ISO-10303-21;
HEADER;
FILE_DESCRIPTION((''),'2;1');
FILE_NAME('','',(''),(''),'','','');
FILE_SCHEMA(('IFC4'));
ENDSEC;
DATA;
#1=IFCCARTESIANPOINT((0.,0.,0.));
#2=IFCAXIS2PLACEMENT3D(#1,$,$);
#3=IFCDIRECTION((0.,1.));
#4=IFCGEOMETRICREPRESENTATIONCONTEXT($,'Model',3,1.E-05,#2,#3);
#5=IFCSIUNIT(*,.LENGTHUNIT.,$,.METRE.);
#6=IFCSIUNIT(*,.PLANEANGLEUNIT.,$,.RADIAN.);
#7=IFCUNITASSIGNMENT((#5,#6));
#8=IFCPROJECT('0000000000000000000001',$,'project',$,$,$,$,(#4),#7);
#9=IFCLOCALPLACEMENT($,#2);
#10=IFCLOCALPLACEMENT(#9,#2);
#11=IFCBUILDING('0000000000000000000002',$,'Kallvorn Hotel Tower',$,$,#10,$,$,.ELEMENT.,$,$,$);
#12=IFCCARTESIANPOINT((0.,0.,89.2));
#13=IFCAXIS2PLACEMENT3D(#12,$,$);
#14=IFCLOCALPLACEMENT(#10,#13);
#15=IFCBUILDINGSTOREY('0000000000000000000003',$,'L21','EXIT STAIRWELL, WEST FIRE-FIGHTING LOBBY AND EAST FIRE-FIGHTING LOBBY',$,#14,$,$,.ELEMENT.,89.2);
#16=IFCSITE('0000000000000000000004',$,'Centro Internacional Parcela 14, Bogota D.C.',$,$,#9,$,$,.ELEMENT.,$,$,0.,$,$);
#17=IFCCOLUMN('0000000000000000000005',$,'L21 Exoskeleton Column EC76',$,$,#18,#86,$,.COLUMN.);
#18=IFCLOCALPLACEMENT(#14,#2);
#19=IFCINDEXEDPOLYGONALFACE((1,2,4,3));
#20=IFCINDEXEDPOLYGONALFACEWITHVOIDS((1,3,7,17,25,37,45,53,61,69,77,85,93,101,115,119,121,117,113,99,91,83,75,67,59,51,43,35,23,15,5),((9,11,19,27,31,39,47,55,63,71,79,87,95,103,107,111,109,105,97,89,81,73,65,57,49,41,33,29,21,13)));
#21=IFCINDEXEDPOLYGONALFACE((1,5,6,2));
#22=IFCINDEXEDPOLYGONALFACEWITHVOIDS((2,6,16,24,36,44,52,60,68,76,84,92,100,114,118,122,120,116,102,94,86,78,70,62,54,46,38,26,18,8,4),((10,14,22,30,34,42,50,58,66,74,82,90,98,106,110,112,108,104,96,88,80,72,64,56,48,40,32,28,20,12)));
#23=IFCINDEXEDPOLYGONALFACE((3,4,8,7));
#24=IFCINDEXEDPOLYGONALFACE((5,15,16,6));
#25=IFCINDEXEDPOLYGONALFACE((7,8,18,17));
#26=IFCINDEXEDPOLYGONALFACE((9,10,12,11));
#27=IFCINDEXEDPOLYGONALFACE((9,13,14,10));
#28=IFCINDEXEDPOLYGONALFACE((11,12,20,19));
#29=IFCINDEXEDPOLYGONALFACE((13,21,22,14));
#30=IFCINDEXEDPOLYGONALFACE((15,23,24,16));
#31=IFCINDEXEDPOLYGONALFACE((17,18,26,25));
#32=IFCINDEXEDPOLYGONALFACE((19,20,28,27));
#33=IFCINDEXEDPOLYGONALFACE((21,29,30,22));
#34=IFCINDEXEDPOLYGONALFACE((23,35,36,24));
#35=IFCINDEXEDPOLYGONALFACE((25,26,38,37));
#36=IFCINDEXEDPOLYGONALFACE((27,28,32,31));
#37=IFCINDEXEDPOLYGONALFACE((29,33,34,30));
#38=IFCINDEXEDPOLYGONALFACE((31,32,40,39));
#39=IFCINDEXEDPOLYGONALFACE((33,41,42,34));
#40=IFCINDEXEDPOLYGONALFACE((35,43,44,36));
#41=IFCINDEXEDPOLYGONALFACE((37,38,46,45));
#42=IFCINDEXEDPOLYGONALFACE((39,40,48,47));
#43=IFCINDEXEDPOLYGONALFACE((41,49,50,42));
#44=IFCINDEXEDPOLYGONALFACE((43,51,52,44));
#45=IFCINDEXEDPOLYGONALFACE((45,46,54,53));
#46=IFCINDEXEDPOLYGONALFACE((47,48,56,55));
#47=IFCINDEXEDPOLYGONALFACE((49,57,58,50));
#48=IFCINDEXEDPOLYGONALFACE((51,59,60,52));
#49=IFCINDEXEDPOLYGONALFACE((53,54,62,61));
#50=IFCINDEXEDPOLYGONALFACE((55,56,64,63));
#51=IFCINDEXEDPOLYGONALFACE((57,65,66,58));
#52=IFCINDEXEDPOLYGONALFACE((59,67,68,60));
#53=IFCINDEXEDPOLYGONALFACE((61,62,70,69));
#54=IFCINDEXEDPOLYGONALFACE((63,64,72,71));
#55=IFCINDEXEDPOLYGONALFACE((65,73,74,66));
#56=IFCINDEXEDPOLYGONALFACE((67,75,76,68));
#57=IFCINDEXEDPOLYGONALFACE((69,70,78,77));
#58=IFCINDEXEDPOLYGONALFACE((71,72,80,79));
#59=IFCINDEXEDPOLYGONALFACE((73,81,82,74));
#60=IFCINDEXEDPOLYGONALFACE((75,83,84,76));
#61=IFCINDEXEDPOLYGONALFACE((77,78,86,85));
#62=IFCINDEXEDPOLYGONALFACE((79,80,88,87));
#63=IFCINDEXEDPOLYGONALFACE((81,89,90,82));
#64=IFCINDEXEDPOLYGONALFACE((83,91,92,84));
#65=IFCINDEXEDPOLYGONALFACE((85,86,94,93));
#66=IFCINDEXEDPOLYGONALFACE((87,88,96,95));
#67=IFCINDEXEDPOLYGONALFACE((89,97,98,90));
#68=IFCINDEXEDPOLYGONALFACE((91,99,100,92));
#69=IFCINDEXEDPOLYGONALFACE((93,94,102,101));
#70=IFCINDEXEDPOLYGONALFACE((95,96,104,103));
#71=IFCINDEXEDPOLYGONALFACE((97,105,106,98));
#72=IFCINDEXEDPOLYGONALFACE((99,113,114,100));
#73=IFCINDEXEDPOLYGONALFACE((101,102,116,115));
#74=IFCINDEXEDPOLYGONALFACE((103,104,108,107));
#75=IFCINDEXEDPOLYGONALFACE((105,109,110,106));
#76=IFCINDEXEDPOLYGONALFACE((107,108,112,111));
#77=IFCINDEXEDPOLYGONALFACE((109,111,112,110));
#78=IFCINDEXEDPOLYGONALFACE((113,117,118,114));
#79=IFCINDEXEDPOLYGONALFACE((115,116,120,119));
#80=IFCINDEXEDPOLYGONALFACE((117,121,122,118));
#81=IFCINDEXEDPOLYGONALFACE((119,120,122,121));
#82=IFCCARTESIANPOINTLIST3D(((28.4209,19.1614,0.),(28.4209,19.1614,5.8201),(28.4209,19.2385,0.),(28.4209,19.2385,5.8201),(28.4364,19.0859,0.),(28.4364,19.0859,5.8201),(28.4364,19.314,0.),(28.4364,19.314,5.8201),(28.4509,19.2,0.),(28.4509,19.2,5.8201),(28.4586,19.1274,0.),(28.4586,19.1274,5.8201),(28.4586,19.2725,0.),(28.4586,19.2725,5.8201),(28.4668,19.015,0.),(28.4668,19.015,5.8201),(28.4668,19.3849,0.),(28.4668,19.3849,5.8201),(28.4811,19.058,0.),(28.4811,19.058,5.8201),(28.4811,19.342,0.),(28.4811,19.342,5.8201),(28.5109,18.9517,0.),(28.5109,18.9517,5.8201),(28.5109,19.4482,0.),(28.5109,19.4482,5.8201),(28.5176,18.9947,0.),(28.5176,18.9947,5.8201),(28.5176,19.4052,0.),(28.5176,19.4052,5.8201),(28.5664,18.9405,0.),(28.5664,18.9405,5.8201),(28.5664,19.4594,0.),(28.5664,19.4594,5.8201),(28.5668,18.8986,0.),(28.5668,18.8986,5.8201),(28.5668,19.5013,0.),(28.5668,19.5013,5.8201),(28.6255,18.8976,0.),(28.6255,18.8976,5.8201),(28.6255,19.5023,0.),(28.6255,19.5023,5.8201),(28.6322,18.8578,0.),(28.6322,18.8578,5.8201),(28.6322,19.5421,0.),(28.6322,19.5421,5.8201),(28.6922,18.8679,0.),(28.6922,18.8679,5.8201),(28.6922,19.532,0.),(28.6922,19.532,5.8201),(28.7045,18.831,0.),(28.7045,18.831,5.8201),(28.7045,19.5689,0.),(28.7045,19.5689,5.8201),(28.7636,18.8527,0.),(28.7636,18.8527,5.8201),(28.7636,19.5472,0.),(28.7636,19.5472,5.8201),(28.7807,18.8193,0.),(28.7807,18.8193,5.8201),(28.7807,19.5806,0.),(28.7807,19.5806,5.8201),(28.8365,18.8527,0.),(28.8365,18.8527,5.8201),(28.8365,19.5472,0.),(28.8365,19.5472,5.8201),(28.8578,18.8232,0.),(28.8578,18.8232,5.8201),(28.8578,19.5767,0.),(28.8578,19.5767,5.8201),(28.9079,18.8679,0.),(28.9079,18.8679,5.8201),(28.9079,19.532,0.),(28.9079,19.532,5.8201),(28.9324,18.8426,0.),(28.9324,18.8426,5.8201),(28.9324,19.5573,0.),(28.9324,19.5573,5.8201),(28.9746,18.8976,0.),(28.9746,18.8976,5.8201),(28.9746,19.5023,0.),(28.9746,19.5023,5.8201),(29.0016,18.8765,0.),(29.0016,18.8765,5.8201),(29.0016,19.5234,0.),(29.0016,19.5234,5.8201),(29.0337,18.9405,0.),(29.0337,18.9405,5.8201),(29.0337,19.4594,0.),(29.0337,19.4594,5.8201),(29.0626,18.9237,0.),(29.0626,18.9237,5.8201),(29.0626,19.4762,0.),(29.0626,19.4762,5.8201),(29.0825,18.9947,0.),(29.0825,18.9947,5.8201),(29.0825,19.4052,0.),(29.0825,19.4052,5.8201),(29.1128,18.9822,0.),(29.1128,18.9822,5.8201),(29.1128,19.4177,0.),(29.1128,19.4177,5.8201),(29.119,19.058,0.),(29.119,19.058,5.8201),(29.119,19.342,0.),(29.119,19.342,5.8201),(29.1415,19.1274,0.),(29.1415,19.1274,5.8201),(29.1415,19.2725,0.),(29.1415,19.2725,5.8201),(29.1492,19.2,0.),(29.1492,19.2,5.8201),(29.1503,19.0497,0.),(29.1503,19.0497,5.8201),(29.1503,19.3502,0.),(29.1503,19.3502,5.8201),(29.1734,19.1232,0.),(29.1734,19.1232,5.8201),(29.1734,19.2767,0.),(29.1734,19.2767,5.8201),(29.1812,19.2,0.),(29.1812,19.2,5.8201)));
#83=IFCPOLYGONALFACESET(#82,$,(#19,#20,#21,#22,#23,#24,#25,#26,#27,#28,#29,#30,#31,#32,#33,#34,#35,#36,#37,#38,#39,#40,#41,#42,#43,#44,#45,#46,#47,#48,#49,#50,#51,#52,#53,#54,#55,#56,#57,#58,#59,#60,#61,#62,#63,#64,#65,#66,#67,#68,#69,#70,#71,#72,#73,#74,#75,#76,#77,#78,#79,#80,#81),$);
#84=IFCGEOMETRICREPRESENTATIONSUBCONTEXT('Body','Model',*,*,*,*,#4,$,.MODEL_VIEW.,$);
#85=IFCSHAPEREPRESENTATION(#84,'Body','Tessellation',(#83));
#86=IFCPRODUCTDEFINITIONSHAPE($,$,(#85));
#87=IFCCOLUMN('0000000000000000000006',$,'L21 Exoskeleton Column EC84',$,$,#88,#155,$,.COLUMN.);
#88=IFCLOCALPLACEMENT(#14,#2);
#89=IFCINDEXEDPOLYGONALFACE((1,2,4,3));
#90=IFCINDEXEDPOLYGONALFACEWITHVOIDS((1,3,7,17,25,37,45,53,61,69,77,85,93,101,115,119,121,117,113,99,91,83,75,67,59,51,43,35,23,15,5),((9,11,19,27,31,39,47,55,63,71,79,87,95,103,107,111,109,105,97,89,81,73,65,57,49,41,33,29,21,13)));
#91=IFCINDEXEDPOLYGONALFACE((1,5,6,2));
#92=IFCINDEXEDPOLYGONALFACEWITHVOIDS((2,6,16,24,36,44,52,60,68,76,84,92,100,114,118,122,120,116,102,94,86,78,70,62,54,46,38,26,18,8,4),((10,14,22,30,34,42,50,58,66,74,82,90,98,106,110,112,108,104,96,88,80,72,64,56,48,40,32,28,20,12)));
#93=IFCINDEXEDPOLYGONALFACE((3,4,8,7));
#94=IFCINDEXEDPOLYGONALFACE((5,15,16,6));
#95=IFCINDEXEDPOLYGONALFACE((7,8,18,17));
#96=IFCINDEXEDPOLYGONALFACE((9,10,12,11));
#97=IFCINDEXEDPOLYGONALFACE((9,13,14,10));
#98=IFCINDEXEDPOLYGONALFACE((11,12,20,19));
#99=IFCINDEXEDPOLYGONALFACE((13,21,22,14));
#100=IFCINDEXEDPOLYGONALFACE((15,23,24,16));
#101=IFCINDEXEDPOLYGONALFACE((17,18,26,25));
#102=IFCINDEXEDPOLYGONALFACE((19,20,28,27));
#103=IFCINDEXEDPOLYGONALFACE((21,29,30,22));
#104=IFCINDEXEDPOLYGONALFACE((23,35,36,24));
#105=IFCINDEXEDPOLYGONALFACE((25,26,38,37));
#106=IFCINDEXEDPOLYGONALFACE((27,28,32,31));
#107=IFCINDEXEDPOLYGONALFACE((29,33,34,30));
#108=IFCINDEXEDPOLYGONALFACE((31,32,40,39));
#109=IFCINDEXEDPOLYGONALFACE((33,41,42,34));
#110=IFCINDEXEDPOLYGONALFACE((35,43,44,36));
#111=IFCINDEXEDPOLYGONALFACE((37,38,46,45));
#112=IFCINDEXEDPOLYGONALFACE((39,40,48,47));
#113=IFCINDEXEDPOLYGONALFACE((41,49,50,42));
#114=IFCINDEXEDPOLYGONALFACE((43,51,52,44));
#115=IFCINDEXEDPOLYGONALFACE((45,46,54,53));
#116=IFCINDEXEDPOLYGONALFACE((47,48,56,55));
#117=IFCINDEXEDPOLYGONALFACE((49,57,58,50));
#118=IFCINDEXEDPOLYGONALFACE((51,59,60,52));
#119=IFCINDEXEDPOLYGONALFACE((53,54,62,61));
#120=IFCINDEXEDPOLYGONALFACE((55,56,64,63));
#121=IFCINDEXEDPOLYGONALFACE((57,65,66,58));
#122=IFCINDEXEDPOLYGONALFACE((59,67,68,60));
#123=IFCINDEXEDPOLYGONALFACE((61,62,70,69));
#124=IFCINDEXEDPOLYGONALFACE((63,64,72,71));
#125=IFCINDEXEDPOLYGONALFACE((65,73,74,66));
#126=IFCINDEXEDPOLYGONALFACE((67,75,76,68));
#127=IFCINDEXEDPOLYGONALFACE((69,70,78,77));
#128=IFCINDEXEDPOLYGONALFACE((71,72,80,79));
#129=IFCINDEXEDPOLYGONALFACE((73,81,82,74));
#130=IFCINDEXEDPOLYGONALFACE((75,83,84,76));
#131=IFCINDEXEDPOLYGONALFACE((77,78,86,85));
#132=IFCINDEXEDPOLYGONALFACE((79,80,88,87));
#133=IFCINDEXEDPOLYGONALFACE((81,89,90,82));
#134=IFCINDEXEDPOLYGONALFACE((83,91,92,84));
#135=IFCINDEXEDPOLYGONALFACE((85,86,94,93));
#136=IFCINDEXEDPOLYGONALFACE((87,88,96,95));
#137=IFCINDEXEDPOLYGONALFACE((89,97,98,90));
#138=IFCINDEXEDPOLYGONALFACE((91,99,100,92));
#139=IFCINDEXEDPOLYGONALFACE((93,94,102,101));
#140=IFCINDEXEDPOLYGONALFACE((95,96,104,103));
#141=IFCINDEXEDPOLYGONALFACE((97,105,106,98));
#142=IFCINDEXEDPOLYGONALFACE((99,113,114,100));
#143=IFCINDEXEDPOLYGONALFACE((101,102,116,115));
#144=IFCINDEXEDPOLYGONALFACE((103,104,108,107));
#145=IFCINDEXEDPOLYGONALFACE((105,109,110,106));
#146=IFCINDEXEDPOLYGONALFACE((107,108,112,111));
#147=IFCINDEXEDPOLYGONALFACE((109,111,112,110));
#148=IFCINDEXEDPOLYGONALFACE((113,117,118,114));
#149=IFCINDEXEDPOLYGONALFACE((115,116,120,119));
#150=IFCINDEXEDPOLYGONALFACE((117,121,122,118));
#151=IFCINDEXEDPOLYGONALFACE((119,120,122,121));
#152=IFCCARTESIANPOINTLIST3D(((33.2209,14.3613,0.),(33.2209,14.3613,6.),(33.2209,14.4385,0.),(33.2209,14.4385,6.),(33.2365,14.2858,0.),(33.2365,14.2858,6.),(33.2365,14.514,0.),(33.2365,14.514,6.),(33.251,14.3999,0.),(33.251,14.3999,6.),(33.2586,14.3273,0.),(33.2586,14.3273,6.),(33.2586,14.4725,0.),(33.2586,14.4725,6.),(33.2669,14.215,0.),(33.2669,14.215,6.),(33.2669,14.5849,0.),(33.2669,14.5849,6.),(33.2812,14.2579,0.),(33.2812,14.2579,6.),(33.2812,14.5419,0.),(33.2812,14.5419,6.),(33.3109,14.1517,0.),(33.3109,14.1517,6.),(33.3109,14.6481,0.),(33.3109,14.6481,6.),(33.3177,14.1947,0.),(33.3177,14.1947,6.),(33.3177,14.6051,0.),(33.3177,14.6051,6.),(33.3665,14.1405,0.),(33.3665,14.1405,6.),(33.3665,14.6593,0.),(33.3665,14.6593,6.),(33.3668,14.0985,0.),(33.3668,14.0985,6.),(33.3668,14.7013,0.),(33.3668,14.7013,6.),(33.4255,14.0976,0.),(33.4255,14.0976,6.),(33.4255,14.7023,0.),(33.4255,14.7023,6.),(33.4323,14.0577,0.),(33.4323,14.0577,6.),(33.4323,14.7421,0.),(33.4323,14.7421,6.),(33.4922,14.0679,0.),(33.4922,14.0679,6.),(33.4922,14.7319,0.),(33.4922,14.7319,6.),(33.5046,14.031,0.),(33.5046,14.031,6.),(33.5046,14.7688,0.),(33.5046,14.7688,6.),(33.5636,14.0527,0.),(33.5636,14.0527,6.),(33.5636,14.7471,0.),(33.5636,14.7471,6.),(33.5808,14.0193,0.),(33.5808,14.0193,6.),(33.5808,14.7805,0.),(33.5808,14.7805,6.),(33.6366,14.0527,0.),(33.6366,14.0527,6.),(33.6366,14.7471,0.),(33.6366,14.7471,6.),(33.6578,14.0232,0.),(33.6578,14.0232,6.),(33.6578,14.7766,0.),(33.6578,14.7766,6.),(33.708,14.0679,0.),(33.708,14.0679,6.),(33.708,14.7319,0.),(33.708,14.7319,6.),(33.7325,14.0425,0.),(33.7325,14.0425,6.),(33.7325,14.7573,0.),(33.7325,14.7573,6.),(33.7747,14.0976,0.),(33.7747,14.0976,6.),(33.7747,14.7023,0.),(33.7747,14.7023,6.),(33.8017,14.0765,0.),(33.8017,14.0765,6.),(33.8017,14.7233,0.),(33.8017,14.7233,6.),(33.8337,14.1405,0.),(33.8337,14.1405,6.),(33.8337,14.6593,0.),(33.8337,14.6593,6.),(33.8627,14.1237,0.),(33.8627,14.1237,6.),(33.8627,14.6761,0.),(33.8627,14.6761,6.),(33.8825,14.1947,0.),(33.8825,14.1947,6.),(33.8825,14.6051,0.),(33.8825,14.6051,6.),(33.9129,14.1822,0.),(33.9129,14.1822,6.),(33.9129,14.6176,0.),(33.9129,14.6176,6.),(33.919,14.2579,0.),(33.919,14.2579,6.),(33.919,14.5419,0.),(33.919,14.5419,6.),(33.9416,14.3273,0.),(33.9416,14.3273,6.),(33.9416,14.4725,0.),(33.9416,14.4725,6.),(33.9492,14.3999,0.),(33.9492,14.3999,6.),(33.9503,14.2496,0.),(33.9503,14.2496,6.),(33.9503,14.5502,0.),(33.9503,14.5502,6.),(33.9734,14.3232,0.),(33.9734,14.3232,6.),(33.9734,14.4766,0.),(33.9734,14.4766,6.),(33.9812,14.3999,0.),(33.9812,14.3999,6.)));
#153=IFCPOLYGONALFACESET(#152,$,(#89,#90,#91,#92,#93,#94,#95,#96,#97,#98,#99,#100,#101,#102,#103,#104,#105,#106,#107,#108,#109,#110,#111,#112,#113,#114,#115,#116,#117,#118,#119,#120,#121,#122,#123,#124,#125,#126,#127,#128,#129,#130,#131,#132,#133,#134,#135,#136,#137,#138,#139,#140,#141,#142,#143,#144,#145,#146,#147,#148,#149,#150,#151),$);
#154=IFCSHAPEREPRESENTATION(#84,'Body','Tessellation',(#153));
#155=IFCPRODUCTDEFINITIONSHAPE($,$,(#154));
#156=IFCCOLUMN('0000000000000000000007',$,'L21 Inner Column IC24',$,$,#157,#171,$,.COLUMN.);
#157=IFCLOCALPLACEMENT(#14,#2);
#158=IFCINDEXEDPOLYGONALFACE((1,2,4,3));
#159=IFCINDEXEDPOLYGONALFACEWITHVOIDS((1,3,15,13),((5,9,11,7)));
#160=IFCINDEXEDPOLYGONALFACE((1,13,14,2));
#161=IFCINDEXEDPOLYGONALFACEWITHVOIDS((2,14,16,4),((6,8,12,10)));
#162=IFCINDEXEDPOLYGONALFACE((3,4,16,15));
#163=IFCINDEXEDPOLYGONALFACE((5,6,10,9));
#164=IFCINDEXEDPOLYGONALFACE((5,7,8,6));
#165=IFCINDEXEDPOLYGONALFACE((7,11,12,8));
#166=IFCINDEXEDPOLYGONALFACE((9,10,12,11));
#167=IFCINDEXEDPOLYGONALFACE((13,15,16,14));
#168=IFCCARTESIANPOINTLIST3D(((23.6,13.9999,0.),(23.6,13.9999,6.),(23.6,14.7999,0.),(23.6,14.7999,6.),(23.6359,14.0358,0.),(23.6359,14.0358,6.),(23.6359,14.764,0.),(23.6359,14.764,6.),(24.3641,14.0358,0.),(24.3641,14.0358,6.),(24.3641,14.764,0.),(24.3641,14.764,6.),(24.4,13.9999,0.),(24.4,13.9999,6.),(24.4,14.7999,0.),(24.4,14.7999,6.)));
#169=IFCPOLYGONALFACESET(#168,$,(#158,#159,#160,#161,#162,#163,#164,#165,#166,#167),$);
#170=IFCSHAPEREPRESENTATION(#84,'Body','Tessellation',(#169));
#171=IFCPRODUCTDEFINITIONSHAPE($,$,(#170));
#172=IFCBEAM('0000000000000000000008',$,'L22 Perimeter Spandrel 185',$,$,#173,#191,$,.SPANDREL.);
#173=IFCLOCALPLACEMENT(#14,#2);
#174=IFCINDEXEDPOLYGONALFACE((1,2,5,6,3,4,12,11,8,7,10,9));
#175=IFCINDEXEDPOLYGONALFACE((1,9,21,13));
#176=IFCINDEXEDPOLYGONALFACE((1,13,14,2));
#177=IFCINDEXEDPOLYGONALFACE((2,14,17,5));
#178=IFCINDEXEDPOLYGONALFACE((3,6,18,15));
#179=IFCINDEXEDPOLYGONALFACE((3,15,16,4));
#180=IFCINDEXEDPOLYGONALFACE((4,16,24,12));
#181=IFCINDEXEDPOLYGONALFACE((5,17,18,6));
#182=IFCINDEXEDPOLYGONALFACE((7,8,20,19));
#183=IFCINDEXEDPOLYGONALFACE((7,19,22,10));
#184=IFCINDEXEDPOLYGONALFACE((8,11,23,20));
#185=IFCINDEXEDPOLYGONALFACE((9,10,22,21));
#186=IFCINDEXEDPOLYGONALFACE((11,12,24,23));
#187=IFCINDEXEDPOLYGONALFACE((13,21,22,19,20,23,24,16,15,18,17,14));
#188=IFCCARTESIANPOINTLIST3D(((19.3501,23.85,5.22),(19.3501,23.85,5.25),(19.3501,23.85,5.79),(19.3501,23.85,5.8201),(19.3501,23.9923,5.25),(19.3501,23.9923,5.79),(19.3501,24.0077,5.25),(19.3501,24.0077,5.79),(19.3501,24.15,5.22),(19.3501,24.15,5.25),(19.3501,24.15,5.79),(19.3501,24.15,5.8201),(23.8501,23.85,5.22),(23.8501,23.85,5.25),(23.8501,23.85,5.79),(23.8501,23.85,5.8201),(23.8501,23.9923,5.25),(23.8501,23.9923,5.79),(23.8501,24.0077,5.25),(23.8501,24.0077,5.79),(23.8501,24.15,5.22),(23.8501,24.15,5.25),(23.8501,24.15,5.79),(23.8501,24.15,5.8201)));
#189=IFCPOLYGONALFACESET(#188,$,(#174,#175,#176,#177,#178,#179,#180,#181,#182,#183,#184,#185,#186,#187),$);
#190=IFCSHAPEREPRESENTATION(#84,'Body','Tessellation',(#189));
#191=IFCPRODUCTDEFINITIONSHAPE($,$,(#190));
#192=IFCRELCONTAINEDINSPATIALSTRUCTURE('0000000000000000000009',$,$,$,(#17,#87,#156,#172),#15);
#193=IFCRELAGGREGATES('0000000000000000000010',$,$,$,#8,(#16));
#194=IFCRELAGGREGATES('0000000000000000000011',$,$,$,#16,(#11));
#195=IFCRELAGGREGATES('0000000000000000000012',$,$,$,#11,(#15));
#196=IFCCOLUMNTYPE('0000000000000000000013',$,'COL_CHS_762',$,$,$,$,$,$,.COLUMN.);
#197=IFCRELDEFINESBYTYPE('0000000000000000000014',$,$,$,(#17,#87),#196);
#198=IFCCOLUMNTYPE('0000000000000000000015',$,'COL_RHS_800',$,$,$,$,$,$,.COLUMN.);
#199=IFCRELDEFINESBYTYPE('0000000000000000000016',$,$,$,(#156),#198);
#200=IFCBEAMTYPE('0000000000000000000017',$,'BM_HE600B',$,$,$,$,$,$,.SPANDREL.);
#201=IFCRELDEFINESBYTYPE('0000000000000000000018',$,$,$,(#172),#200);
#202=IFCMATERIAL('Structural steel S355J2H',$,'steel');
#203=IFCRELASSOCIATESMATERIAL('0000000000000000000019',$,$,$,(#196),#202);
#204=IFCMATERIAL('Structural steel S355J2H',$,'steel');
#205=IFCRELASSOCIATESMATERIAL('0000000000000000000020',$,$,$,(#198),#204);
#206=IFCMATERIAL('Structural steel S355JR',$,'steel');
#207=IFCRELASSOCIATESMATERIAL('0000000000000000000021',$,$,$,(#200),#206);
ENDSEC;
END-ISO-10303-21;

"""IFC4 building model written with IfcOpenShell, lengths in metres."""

from ifc_helpers import new_model, si_unit, direction, frame, origin, origin_2d, place, context, subcontext, project, spatial, hollow_rectangle, hollow_circle, i_section, extrude, material, material_profile, profile_set, type_object, element, save


model = new_model("IFC4")

# Units and contexts
model_context = context("Model", 3, precision=1e-05, world=origin(), true_north=direction((0.0, 1.0)))
body_context = subcontext(model_context, "Body", "Model", "MODEL_VIEW")
ifc_project = project(units=[si_unit("LENGTHUNIT", "METRE"), si_unit("PLANEANGLEUNIT", "RADIAN")], contexts=[model_context])

# Site, building, storey
site_placement = place(None, origin())
site = spatial("IfcSite", under=ifc_project, at=site_placement, Name="Centro Internacional Parcela 14, Bogota D.C.", CompositionType="ELEMENT", RefElevation=0.0)
building_placement = place(site_placement, origin())
building = spatial("IfcBuilding", under=site, at=building_placement, Name="Kallvorn Hotel Tower", CompositionType="ELEMENT")
storey_placement = place(building_placement, frame((0.0, 0.0, 89.2)))
storey = spatial("IfcBuildingStorey", under=building, at=storey_placement, Name="L21", Description="EXIT STAIRWELL, WEST FIRE-FIGHTING LOBBY AND EAST FIRE-FIGHTING LOBBY", CompositionType="ELEMENT", Elevation=89.2)

# Columns
ifc_material_1 = material(Name="Structural steel S355J2H", Category="steel")
ifc_material_profile_1 = material_profile(ifc_material_1, hollow_circle(Radius=0.3811, WallThickness=0.032, at=origin_2d()), Name="CHS 762x32")
ifc_profile_set_1 = profile_set([ifc_material_profile_1], Name="Structural steel S355J2H")
column_type_1 = type_object("IfcColumnType", Name="COL_CHS_762", PredefinedType="COLUMN", material=ifc_profile_set_1)
column_1_placement = place(storey_placement, frame((28.8, 19.2, 0.0), z_axis=(0.0, 0.0, 1.0), x_axis=(1.0, 0.0, 0.0)))
element("IfcColumn", 1, at=column_1_placement, inside=storey, type_object=column_type_1, Name="L21 Exoskeleton Column EC76", PredefinedType="COLUMN", context=body_context, shape_type="SweptSolid", body=[
    extrude(hollow_circle(Radius=0.3811, WallThickness=0.032, at=origin_2d()), origin(), (0.0, 0.0, 1.0), 5.8201),
])
column_2_placement = place(storey_placement, frame((33.6001, 14.3999, 0.0), z_axis=(0.0, 0.0, 1.0), x_axis=(1.0, 0.0, 0.0)))
element("IfcColumn", 2, at=column_2_placement, inside=storey, type_object=column_type_1, Name="L21 Exoskeleton Column EC84", PredefinedType="COLUMN", context=body_context, shape_type="SweptSolid", body=[
    extrude(hollow_circle(Radius=0.3811, WallThickness=0.032, at=origin_2d()), origin(), (0.0, 0.0, 1.0), 6.0),
])
ifc_material_2 = material(Name="Structural steel S355J2H", Category="steel")
ifc_material_profile_2 = material_profile(ifc_material_2, hollow_rectangle(XDim=0.8, YDim=0.8, WallThickness=0.0359, at=origin_2d()), Name="RHS 800x800x36")
ifc_profile_set_2 = profile_set([ifc_material_profile_2], Name="Structural steel S355J2H")
column_type_2 = type_object("IfcColumnType", Name="COL_RHS_800", PredefinedType="COLUMN", material=ifc_profile_set_2)
column_3_placement = place(storey_placement, frame((24.0, 14.3999, 0.0), z_axis=(0.0, 0.0, 1.0), x_axis=(1.0, 0.0, 0.0)))
element("IfcColumn", 3, at=column_3_placement, inside=storey, type_object=column_type_2, Name="L21 Inner Column IC24", PredefinedType="COLUMN", context=body_context, shape_type="SweptSolid", body=[
    extrude(hollow_rectangle(XDim=0.8, YDim=0.8, WallThickness=0.0359, at=origin_2d()), origin(), (0.0, 0.0, 1.0), 6.0),
])

# Beam
ifc_material_3 = material(Name="Structural steel S355JR", Category="steel")
ifc_material_profile_3 = material_profile(ifc_material_3, i_section(OverallWidth=0.3, OverallDepth=0.6001, WebThickness=0.0154, FlangeThickness=0.03, at=origin_2d()), Name="HE 600 B")
ifc_profile_set_3 = profile_set([ifc_material_profile_3], Name="Structural steel S355JR")
beam_type_1 = type_object("IfcBeamType", Name="BM_HE600B", PredefinedType="SPANDREL", material=ifc_profile_set_3)
for number, where, z_axis, x_axis, name in (
    (4, (19.3501, 24.0, 5.52), (1.0, 0.0, 0.0), (0.0, 1.0, 0.0), "L22 Perimeter Spandrel 185"),
):
    element("IfcBeam", number, at=place(storey_placement, frame(where, z_axis=z_axis, x_axis=x_axis)), inside=storey, type_object=beam_type_1, Name=name, PredefinedType="SPANDREL", context=body_context, shape_type="SweptSolid", body=[
        extrude(i_section(OverallWidth=0.3, OverallDepth=0.6001, WebThickness=0.0154, FlangeThickness=0.03, at=origin_2d()), origin(), (0.0, 0.0, 1.0), 4.5),
    ])

save(model, "model.ifc")
